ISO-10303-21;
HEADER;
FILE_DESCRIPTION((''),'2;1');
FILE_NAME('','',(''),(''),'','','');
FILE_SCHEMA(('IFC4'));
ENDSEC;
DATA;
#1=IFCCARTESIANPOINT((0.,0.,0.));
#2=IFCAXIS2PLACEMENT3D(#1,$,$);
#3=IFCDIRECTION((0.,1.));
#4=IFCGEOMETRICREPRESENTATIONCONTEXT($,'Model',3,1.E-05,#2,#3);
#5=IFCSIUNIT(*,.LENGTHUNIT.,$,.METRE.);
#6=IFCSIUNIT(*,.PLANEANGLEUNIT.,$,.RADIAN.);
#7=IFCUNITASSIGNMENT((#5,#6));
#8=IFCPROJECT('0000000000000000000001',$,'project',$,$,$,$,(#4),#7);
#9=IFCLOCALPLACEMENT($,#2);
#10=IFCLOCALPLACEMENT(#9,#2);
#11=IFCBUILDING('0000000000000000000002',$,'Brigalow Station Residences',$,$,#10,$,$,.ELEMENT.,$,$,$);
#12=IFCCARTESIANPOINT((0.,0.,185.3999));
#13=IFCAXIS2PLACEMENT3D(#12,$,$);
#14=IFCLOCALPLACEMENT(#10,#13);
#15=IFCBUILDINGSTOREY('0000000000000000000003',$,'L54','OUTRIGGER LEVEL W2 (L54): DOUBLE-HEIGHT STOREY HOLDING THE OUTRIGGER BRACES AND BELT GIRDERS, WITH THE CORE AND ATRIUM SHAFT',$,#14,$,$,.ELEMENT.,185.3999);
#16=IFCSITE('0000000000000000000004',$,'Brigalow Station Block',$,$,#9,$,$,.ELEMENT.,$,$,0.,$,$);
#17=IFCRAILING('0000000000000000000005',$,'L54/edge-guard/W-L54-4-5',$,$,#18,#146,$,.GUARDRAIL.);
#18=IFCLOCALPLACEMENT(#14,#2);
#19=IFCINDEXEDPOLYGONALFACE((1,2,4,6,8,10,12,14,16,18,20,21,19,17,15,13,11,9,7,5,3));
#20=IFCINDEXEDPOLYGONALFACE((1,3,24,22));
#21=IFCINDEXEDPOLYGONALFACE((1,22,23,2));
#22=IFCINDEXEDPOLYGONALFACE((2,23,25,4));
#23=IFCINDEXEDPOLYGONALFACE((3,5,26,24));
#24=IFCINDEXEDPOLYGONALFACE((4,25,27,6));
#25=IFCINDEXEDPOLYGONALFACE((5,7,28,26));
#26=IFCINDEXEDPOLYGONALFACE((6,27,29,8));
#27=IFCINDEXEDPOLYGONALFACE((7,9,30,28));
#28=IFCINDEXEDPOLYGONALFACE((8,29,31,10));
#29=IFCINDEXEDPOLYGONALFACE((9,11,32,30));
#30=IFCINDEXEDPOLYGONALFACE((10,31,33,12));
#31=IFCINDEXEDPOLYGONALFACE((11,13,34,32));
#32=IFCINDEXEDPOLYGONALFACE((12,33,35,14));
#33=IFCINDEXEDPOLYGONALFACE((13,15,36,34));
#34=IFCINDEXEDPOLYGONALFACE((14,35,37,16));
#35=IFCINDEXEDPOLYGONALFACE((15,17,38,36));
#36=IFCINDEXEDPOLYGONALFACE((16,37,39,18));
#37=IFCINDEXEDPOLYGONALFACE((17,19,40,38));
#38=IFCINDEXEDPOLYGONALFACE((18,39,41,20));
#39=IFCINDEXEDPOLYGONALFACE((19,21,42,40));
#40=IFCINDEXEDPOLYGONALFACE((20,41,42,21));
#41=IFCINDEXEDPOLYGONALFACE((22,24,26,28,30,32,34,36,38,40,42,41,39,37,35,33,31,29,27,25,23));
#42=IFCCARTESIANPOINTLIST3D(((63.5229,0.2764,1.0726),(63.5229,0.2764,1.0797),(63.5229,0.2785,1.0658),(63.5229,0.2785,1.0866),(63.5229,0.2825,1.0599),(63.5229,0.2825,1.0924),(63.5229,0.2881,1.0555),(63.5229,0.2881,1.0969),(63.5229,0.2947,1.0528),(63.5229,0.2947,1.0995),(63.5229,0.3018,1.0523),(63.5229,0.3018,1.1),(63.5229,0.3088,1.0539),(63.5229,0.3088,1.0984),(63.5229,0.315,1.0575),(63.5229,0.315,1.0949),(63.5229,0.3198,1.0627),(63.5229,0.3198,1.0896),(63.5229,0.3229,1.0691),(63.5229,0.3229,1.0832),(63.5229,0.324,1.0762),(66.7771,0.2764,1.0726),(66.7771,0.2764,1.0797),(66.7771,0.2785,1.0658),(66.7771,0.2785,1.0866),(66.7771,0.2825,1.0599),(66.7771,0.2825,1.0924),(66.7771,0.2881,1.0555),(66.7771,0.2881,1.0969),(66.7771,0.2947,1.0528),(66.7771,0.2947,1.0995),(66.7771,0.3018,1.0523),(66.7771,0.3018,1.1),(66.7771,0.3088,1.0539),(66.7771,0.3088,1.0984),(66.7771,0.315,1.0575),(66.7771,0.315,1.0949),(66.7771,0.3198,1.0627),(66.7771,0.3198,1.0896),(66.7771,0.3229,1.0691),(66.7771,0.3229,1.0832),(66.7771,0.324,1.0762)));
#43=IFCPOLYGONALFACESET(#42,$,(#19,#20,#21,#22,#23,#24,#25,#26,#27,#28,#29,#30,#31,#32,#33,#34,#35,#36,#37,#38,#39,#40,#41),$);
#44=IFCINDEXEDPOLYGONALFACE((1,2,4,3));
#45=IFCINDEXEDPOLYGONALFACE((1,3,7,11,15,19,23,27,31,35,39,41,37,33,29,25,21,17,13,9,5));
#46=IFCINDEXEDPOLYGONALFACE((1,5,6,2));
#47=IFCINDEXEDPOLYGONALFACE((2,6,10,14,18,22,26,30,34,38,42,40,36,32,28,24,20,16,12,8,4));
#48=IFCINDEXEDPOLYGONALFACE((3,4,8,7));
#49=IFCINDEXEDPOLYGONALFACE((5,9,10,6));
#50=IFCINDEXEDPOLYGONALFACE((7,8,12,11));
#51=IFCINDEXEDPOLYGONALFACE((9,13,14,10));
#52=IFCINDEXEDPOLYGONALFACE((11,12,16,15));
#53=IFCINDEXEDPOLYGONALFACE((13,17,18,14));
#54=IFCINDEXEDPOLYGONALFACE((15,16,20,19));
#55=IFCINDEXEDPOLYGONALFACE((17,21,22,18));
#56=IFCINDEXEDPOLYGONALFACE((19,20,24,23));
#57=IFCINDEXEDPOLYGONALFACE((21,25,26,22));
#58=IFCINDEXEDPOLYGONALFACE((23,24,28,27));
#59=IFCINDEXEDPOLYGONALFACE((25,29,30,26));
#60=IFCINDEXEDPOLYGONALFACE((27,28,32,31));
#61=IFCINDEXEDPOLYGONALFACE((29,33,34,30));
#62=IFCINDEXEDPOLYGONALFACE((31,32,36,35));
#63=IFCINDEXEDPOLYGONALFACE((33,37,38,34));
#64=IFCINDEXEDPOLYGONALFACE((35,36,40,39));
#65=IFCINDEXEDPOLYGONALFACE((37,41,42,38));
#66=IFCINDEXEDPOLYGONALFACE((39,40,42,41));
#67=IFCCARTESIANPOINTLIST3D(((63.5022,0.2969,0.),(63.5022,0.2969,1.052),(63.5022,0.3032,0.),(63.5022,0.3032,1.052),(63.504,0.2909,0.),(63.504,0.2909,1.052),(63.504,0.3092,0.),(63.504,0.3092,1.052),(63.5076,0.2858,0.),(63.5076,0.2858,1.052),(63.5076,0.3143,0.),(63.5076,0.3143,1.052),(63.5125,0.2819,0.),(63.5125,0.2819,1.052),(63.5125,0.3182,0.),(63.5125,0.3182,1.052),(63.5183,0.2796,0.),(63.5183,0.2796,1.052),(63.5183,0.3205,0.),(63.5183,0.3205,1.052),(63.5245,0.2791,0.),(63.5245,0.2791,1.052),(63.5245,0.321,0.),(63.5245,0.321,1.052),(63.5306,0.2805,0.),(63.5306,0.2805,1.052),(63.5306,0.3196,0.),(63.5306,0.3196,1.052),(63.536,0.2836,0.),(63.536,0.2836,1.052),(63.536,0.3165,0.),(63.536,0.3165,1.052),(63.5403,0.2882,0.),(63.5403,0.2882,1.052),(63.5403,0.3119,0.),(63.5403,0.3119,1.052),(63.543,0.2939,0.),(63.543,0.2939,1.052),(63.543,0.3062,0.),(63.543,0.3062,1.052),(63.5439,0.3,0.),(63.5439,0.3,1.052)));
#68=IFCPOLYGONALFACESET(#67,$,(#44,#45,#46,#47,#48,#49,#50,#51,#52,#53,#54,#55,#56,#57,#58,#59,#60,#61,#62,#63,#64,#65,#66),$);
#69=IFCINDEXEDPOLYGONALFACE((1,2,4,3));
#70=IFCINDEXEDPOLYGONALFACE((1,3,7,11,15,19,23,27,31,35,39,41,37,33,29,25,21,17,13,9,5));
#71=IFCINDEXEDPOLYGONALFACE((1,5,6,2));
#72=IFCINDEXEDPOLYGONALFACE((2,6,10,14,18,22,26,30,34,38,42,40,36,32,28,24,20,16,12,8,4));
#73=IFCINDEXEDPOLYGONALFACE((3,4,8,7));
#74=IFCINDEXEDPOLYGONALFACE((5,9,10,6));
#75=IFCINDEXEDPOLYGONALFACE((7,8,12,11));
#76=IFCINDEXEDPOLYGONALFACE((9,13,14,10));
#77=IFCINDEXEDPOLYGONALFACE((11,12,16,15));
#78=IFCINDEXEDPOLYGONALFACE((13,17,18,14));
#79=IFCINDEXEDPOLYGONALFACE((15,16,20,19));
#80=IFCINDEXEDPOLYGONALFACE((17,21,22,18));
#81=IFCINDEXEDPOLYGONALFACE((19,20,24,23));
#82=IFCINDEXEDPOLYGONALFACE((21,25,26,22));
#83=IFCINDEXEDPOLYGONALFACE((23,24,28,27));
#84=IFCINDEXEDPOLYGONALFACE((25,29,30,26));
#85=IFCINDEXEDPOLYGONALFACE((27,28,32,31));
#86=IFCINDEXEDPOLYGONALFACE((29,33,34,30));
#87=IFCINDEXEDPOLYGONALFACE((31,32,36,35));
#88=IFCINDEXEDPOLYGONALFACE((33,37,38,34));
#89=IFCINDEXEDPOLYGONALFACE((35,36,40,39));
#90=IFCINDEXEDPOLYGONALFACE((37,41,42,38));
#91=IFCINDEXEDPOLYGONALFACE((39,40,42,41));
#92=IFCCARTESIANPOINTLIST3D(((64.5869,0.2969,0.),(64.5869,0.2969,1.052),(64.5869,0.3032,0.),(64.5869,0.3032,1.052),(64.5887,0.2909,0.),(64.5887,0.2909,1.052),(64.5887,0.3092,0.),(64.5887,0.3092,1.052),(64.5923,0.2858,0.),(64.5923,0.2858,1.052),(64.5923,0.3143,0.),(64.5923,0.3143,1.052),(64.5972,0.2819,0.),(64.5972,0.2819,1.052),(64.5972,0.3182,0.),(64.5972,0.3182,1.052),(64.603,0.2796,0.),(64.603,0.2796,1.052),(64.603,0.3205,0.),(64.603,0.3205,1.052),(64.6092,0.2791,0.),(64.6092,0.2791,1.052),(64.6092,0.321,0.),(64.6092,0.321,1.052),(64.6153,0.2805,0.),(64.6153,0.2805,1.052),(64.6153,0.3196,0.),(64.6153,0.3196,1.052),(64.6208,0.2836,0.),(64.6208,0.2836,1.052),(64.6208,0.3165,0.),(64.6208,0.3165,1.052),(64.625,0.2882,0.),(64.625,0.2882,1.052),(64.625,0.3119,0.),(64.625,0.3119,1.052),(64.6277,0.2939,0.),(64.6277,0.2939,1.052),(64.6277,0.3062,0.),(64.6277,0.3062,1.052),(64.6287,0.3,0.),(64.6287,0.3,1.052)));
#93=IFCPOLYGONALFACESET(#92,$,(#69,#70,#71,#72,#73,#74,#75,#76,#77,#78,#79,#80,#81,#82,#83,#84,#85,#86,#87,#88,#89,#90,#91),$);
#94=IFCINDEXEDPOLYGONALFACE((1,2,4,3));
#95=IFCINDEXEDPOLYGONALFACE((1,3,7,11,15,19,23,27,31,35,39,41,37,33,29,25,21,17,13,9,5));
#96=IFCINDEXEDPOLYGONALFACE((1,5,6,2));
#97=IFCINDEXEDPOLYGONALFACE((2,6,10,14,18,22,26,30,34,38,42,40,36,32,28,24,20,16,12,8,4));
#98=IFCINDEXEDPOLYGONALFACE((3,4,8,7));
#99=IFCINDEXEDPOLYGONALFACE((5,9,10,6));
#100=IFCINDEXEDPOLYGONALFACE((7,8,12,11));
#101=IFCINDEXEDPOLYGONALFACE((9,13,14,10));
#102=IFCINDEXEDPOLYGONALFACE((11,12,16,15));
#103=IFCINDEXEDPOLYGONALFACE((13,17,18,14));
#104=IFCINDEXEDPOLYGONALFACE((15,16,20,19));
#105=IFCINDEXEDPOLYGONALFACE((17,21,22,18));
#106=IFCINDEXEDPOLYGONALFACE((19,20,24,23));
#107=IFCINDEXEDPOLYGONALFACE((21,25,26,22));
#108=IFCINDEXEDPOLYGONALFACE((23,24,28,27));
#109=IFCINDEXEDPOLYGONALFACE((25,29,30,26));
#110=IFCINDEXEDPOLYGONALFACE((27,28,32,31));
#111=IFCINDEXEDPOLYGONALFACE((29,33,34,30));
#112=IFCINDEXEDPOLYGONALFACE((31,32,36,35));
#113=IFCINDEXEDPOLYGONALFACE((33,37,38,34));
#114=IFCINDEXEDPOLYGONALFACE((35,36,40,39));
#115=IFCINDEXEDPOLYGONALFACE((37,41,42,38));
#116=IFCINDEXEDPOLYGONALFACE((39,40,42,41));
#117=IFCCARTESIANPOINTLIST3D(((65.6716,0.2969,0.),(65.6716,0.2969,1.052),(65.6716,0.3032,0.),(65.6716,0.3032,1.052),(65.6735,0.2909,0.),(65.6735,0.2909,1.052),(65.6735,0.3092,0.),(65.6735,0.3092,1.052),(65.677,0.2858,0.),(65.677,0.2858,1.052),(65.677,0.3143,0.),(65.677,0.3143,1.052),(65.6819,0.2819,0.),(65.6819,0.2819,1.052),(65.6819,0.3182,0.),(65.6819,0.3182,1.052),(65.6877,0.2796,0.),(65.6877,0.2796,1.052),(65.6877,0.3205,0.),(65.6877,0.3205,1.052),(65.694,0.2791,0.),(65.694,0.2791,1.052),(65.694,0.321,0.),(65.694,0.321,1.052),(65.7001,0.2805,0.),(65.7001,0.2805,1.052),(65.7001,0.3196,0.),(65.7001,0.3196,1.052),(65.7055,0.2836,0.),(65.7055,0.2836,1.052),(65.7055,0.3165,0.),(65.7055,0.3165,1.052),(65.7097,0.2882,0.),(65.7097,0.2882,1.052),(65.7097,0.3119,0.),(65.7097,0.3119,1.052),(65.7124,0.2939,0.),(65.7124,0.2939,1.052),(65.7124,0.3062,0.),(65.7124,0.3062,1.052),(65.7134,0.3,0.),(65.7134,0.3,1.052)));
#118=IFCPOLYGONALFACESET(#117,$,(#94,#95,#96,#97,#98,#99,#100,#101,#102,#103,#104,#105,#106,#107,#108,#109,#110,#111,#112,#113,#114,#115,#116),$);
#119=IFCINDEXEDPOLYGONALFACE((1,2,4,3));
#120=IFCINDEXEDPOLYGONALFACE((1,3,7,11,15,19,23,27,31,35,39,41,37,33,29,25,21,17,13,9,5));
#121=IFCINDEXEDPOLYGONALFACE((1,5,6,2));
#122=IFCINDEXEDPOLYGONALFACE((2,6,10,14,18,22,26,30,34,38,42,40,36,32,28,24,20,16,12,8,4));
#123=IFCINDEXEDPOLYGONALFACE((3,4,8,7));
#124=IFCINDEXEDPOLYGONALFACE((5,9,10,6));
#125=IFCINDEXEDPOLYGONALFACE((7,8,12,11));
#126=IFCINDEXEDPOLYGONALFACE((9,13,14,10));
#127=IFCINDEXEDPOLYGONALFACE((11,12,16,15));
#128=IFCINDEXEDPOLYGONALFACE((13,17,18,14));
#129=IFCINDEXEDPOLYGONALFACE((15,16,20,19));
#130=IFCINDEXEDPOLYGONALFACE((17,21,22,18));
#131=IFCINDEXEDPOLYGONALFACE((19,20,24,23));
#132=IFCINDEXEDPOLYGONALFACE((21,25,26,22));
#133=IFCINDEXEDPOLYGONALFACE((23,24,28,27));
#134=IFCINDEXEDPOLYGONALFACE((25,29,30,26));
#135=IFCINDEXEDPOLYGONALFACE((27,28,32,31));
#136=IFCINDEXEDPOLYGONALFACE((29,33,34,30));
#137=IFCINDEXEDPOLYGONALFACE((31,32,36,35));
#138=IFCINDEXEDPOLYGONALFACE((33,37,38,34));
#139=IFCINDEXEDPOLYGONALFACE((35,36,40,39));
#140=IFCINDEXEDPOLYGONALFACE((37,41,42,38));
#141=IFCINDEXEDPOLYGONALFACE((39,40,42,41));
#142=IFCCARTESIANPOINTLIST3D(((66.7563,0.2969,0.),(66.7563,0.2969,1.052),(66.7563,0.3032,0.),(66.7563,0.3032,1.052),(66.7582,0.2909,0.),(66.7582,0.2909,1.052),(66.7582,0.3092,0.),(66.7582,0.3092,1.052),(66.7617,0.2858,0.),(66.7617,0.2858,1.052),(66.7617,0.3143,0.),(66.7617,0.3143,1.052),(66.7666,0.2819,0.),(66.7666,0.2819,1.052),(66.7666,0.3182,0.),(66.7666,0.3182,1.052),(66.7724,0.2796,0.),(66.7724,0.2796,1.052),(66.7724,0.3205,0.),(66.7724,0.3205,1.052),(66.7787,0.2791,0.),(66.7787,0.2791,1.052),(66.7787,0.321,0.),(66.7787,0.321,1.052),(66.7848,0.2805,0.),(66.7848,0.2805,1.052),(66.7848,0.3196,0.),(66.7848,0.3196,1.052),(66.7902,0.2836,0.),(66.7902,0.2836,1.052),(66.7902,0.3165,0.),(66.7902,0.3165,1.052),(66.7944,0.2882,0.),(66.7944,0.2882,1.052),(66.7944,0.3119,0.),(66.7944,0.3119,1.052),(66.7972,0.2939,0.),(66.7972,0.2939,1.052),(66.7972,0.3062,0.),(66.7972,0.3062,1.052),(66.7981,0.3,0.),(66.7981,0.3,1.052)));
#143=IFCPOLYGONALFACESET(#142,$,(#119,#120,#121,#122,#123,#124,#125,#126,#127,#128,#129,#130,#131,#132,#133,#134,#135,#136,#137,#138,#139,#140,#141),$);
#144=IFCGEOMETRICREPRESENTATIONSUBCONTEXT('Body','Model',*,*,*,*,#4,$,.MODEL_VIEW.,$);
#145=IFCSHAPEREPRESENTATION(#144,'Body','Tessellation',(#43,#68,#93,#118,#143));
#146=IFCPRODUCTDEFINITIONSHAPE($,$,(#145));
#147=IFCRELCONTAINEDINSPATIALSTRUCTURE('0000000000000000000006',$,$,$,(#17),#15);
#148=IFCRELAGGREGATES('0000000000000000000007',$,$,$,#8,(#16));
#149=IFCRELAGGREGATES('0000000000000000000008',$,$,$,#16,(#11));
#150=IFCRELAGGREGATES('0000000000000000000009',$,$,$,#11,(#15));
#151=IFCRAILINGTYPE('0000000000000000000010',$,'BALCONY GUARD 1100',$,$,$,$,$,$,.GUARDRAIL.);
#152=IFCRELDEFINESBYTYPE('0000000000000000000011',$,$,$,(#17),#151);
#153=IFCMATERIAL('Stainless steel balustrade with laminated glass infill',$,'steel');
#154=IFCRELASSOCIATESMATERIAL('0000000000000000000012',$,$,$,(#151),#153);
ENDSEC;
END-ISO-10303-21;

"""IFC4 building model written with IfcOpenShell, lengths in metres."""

from ifc_helpers import new_model, si_unit, direction, frame, origin, origin_2d, place, context, subcontext, project, spatial, circle, extrude, material, type_object, element, save


model = new_model("IFC4")

# Units and contexts
model_context = context("Model", 3, precision=1e-05, world=origin(), true_north=direction((0.0, 1.0)))
body_context = subcontext(model_context, "Body", "Model", "MODEL_VIEW")
ifc_project = project(units=[si_unit("LENGTHUNIT", "METRE"), si_unit("PLANEANGLEUNIT", "RADIAN")], contexts=[model_context])

# Site, building, storey
site_placement = place(None, origin())
site = spatial("IfcSite", under=ifc_project, at=site_placement, Name="Brigalow Station Block", CompositionType="ELEMENT", RefElevation=0.0)
building_placement = place(site_placement, origin())
building = spatial("IfcBuilding", under=site, at=building_placement, Name="Brigalow Station Residences", CompositionType="ELEMENT")
storey_placement = place(building_placement, frame((0.0, 0.0, 185.3999)))
storey = spatial("IfcBuildingStorey", under=building, at=storey_placement, Name="L54", Description="OUTRIGGER LEVEL W2 (L54): DOUBLE-HEIGHT STOREY HOLDING THE OUTRIGGER BRACES AND BELT GIRDERS, WITH THE CORE AND ATRIUM SHAFT", CompositionType="ELEMENT", Elevation=185.3999)

# Railing
ifc_material_1 = material(Name="Stainless steel balustrade with laminated glass infill", Category="steel")
railing_type = type_object("IfcRailingType", Name="BALCONY GUARD 1100", PredefinedType="GUARDRAIL", material=ifc_material_1)
railing_1_placement = place(storey_placement, frame((63.5229, 0.3, 0.0)))
element("IfcRailing", 1, at=railing_1_placement, inside=storey, type_object=railing_type, Name="L54/edge-guard/W-L54-4-5", PredefinedType="GUARDRAIL", context=body_context, shape_type="SweptSolid", body=[
    extrude(circle(Radius=0.0239, at=origin_2d()), frame((0.0, 0.0, 1.0762), z_axis=(1.0, 0.0, 0.0), x_axis=(0.0, 1.0, 0.0)), (0.0, 0.0, 1.0), 3.2542),
    extrude(circle(Radius=0.021, at=origin_2d()), origin(), (0.0, 0.0, 1.0), 1.052),
    extrude(circle(Radius=0.021, at=origin_2d()), frame((1.0847, 0.0, 0.0)), (0.0, 0.0, 1.0), 1.052),
    extrude(circle(Radius=0.021, at=origin_2d()), frame((2.1694, 0.0, 0.0)), (0.0, 0.0, 1.0), 1.052),
    extrude(circle(Radius=0.021, at=origin_2d()), frame((3.2542, 0.0, 0.0)), (0.0, 0.0, 1.0), 1.052),
])

save(model, "model.ifc")
